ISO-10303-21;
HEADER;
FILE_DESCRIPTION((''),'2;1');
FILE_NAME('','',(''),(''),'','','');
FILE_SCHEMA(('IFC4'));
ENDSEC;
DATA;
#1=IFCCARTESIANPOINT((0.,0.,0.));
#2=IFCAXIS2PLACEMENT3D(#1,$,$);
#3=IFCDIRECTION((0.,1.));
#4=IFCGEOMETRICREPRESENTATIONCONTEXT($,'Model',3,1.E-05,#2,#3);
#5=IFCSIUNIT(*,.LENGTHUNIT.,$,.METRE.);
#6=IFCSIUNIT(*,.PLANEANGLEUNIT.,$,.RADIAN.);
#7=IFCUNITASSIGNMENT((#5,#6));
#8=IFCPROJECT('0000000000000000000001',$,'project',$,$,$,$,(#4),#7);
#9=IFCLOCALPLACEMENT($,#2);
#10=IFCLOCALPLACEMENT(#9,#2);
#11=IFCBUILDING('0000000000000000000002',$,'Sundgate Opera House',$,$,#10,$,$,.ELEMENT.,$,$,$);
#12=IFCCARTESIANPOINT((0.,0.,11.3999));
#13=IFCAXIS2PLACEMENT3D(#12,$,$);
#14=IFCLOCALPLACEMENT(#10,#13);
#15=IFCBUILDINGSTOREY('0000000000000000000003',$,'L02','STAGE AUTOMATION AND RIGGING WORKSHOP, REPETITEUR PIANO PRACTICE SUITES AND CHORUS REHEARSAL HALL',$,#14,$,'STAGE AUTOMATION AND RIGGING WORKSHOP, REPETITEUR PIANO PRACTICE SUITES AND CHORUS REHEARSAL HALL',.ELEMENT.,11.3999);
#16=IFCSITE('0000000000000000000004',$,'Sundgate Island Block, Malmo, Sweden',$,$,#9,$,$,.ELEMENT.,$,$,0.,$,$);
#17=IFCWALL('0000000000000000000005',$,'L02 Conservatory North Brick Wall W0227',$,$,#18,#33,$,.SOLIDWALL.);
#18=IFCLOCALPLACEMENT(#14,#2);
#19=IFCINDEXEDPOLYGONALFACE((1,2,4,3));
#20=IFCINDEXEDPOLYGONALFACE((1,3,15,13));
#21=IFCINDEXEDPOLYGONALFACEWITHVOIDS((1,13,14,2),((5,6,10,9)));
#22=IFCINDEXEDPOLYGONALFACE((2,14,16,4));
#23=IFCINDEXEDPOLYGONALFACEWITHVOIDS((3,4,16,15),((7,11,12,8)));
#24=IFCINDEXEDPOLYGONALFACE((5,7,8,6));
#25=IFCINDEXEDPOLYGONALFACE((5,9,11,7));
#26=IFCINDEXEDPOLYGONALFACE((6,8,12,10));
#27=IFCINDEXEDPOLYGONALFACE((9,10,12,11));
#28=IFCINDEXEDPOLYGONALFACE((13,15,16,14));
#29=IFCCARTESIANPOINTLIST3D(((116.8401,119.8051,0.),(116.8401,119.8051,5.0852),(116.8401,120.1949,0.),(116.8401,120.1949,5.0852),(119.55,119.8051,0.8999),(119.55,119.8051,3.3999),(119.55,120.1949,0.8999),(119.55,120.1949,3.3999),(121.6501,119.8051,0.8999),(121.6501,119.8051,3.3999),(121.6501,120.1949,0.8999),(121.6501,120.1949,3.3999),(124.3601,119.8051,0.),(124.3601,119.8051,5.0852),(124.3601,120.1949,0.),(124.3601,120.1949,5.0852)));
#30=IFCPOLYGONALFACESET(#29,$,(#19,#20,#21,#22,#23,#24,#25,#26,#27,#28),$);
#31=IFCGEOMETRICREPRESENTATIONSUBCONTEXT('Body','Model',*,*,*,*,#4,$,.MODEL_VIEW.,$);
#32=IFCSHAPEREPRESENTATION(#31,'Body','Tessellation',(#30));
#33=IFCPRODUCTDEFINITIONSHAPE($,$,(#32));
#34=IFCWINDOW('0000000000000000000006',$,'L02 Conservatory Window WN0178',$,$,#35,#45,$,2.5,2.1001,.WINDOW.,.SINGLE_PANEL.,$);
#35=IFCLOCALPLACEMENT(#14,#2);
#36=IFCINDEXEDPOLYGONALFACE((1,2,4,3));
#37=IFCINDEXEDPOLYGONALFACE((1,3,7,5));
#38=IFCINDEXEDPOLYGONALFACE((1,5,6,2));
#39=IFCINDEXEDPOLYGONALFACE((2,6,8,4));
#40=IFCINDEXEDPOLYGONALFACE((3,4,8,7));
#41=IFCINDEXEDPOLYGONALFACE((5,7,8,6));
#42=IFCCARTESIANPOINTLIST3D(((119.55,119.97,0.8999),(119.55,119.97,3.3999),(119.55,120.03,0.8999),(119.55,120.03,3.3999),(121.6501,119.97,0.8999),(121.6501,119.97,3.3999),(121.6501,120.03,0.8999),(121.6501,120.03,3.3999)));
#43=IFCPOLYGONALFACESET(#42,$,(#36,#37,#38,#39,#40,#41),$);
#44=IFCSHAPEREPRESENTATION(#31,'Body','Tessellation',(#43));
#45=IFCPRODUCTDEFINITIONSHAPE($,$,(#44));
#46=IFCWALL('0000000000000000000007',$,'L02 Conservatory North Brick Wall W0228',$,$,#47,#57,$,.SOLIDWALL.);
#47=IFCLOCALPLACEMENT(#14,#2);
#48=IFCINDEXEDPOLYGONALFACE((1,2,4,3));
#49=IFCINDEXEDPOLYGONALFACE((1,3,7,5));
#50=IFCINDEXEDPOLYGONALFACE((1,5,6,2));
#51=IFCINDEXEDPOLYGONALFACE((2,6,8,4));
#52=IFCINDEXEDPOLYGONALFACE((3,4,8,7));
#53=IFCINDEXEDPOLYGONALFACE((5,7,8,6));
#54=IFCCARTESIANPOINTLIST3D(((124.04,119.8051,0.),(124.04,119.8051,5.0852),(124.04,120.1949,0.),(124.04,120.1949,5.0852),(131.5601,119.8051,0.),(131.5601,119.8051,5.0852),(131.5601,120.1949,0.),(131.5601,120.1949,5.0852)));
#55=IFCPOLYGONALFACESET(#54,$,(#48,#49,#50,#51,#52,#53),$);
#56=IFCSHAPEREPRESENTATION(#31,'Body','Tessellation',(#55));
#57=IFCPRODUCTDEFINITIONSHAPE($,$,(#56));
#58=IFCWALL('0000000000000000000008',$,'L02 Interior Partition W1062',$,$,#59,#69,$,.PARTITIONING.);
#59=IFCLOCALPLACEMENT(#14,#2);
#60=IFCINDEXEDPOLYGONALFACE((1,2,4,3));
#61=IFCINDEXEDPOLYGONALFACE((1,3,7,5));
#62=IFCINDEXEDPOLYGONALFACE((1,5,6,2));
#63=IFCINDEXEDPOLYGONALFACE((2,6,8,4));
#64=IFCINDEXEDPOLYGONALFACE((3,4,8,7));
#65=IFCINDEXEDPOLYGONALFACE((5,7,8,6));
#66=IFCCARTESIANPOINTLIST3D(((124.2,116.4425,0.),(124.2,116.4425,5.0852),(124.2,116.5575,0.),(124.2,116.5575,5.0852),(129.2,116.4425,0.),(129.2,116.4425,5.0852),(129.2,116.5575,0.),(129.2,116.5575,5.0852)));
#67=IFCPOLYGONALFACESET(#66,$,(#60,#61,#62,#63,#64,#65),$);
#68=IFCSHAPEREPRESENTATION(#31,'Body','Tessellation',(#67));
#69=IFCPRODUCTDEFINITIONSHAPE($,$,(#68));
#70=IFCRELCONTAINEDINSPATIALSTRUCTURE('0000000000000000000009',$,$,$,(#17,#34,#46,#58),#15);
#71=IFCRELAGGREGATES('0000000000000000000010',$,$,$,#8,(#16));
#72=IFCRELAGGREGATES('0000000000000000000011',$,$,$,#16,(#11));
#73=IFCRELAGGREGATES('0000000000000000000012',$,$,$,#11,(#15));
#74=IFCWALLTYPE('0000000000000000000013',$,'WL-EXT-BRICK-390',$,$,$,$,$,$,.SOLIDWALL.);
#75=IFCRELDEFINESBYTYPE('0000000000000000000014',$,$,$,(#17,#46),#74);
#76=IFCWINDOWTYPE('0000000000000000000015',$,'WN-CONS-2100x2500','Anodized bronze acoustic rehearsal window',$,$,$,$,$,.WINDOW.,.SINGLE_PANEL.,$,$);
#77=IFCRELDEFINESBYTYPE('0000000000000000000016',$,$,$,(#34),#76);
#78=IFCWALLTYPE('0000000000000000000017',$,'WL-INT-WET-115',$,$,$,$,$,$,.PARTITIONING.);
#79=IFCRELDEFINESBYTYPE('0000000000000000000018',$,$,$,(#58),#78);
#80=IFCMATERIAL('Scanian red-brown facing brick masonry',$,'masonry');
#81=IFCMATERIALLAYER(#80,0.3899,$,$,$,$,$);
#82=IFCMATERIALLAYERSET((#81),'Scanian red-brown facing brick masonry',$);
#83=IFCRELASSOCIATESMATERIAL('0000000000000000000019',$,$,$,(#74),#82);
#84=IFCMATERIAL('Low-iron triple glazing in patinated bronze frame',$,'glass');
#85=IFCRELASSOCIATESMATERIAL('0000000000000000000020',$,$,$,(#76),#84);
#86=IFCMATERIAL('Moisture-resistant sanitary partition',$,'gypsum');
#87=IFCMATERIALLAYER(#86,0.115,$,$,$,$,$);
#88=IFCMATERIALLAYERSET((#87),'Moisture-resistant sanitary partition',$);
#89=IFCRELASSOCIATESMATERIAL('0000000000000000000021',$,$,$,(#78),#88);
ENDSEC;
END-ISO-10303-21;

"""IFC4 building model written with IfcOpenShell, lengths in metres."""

from ifc_helpers import new_model, si_unit, direction, frame, frame_2d, origin, place, context, subcontext, project, spatial, rectangle, extrude, material, layer, layer_set, type_object, element, fill, save


model = new_model("IFC4")

# Units and contexts
model_context = context("Model", 3, precision=1e-05, world=origin(), true_north=direction((0.0, 1.0)))
body_context = subcontext(model_context, "Body", "Model", "MODEL_VIEW")
ifc_project = project(units=[si_unit("LENGTHUNIT", "METRE"), si_unit("PLANEANGLEUNIT", "RADIAN")], contexts=[model_context])

# Site, building, storey
site_placement = place(None, origin())
site = spatial("IfcSite", under=ifc_project, at=site_placement, Name="Sundgate Island Block, Malmo, Sweden", CompositionType="ELEMENT", RefElevation=0.0)
building_placement = place(site_placement, origin())
building = spatial("IfcBuilding", under=site, at=building_placement, Name="Sundgate Opera House", CompositionType="ELEMENT")
storey_placement = place(building_placement, frame((0.0, 0.0, 11.3999)))
storey = spatial("IfcBuildingStorey", under=building, at=storey_placement, Name="L02", Description="STAGE AUTOMATION AND RIGGING WORKSHOP, REPETITEUR PIANO PRACTICE SUITES AND CHORUS REHEARSAL HALL", LongName="STAGE AUTOMATION AND RIGGING WORKSHOP, REPETITEUR PIANO PRACTICE SUITES AND CHORUS REHEARSAL HALL", CompositionType="ELEMENT", Elevation=11.3999)

# Wall, opening, window
ifc_material_1 = material(Name="Scanian red-brown facing brick masonry", Category="masonry")
ifc_layer_1 = layer(ifc_material_1, 0.3899)
ifc_layer_set_1 = layer_set([ifc_layer_1], Name="Scanian red-brown facing brick masonry")
wall_type_1 = type_object("IfcWallType", Name="WL-EXT-BRICK-390", PredefinedType="SOLIDWALL", material=ifc_layer_set_1)
wall_1_placement = place(storey_placement, frame((116.8401, 120.0, 0.0), z_axis=(0.0, 0.0, 1.0), x_axis=(1.0, 0.0, 0.0)))
wall_1 = element("IfcWall", 1, at=wall_1_placement, inside=storey, type_object=wall_type_1, Name="L02 Conservatory North Brick Wall W0227", PredefinedType="SOLIDWALL", context=body_context, shape_type="SweptSolid", body=[
    extrude(rectangle(XDim=7.52, YDim=0.3899, at=frame_2d((3.76, 0.0))), origin(), (0.0, 0.0, 1.0), 5.0852),
])
opening_placement = place(wall_1_placement, frame((2.71, 0.0, 0.8999)))
opening = element("IfcOpeningElement", 2, at=opening_placement, cuts=wall_1, PredefinedType="OPENING", context=body_context, shape_type="SweptSolid", body=[
    extrude(rectangle(XDim=2.1001, YDim=2.5, at=frame_2d((1.05, 1.25))), frame((0.0, 0.2048, 0.0), z_axis=(0.0, -1.0, 0.0), x_axis=(1.0, 0.0, 0.0)), (0.0, 0.0, 1.0), 0.4099),
])
ifc_material_2 = material(Name="Low-iron triple glazing in patinated bronze frame", Category="glass")
window_type = type_object("IfcWindowType", Name="WN-CONS-2100x2500", Description="Anodized bronze acoustic rehearsal window", PartitioningType="SINGLE_PANEL", PredefinedType="WINDOW", material=ifc_material_2)
window_placement = place(opening_placement, origin())
window = element("IfcWindow", 3, at=window_placement, inside=storey, type_object=window_type, Name="L02 Conservatory Window WN0178", OverallHeight=2.5, OverallWidth=2.1001, PartitioningType="SINGLE_PANEL", PredefinedType="WINDOW", context=body_context, shape_type="SweptSolid", body=[
    extrude(rectangle(XDim=2.1001, YDim=2.5, at=frame_2d((1.05, 1.25))), frame((0.0, 0.03, 0.0), z_axis=(0.0, -1.0, 0.0), x_axis=(1.0, 0.0, 0.0)), (0.0, 0.0, 1.0), 0.0601),
])
fill(opening, window)

# Walls
wall_2_placement = place(storey_placement, frame((124.04, 120.0, 0.0), z_axis=(0.0, 0.0, 1.0), x_axis=(1.0, 0.0, 0.0)))
element("IfcWall", 4, at=wall_2_placement, inside=storey, type_object=wall_type_1, Name="L02 Conservatory North Brick Wall W0228", PredefinedType="SOLIDWALL", context=body_context, shape_type="SweptSolid", body=[
    extrude(rectangle(XDim=7.52, YDim=0.3899, at=frame_2d((3.76, 0.0))), origin(), (0.0, 0.0, 1.0), 5.0852),
])
ifc_material_3 = material(Name="Moisture-resistant sanitary partition", Category="gypsum")
ifc_layer_2 = layer(ifc_material_3, 0.115)
ifc_layer_set_2 = layer_set([ifc_layer_2], Name="Moisture-resistant sanitary partition")
wall_type_2 = type_object("IfcWallType", Name="WL-INT-WET-115", PredefinedType="PARTITIONING", material=ifc_layer_set_2)
wall_3_placement = place(storey_placement, frame((124.2, 116.5, 0.0), z_axis=(0.0, 0.0, 1.0), x_axis=(1.0, 0.0, 0.0)))
element("IfcWall", 5, at=wall_3_placement, inside=storey, type_object=wall_type_2, Name="L02 Interior Partition W1062", PredefinedType="PARTITIONING", context=body_context, shape_type="SweptSolid", body=[
    extrude(rectangle(XDim=5.0, YDim=0.115, at=frame_2d((2.5, 0.0))), origin(), (0.0, 0.0, 1.0), 5.0852),
])

save(model, "model.ifc")
